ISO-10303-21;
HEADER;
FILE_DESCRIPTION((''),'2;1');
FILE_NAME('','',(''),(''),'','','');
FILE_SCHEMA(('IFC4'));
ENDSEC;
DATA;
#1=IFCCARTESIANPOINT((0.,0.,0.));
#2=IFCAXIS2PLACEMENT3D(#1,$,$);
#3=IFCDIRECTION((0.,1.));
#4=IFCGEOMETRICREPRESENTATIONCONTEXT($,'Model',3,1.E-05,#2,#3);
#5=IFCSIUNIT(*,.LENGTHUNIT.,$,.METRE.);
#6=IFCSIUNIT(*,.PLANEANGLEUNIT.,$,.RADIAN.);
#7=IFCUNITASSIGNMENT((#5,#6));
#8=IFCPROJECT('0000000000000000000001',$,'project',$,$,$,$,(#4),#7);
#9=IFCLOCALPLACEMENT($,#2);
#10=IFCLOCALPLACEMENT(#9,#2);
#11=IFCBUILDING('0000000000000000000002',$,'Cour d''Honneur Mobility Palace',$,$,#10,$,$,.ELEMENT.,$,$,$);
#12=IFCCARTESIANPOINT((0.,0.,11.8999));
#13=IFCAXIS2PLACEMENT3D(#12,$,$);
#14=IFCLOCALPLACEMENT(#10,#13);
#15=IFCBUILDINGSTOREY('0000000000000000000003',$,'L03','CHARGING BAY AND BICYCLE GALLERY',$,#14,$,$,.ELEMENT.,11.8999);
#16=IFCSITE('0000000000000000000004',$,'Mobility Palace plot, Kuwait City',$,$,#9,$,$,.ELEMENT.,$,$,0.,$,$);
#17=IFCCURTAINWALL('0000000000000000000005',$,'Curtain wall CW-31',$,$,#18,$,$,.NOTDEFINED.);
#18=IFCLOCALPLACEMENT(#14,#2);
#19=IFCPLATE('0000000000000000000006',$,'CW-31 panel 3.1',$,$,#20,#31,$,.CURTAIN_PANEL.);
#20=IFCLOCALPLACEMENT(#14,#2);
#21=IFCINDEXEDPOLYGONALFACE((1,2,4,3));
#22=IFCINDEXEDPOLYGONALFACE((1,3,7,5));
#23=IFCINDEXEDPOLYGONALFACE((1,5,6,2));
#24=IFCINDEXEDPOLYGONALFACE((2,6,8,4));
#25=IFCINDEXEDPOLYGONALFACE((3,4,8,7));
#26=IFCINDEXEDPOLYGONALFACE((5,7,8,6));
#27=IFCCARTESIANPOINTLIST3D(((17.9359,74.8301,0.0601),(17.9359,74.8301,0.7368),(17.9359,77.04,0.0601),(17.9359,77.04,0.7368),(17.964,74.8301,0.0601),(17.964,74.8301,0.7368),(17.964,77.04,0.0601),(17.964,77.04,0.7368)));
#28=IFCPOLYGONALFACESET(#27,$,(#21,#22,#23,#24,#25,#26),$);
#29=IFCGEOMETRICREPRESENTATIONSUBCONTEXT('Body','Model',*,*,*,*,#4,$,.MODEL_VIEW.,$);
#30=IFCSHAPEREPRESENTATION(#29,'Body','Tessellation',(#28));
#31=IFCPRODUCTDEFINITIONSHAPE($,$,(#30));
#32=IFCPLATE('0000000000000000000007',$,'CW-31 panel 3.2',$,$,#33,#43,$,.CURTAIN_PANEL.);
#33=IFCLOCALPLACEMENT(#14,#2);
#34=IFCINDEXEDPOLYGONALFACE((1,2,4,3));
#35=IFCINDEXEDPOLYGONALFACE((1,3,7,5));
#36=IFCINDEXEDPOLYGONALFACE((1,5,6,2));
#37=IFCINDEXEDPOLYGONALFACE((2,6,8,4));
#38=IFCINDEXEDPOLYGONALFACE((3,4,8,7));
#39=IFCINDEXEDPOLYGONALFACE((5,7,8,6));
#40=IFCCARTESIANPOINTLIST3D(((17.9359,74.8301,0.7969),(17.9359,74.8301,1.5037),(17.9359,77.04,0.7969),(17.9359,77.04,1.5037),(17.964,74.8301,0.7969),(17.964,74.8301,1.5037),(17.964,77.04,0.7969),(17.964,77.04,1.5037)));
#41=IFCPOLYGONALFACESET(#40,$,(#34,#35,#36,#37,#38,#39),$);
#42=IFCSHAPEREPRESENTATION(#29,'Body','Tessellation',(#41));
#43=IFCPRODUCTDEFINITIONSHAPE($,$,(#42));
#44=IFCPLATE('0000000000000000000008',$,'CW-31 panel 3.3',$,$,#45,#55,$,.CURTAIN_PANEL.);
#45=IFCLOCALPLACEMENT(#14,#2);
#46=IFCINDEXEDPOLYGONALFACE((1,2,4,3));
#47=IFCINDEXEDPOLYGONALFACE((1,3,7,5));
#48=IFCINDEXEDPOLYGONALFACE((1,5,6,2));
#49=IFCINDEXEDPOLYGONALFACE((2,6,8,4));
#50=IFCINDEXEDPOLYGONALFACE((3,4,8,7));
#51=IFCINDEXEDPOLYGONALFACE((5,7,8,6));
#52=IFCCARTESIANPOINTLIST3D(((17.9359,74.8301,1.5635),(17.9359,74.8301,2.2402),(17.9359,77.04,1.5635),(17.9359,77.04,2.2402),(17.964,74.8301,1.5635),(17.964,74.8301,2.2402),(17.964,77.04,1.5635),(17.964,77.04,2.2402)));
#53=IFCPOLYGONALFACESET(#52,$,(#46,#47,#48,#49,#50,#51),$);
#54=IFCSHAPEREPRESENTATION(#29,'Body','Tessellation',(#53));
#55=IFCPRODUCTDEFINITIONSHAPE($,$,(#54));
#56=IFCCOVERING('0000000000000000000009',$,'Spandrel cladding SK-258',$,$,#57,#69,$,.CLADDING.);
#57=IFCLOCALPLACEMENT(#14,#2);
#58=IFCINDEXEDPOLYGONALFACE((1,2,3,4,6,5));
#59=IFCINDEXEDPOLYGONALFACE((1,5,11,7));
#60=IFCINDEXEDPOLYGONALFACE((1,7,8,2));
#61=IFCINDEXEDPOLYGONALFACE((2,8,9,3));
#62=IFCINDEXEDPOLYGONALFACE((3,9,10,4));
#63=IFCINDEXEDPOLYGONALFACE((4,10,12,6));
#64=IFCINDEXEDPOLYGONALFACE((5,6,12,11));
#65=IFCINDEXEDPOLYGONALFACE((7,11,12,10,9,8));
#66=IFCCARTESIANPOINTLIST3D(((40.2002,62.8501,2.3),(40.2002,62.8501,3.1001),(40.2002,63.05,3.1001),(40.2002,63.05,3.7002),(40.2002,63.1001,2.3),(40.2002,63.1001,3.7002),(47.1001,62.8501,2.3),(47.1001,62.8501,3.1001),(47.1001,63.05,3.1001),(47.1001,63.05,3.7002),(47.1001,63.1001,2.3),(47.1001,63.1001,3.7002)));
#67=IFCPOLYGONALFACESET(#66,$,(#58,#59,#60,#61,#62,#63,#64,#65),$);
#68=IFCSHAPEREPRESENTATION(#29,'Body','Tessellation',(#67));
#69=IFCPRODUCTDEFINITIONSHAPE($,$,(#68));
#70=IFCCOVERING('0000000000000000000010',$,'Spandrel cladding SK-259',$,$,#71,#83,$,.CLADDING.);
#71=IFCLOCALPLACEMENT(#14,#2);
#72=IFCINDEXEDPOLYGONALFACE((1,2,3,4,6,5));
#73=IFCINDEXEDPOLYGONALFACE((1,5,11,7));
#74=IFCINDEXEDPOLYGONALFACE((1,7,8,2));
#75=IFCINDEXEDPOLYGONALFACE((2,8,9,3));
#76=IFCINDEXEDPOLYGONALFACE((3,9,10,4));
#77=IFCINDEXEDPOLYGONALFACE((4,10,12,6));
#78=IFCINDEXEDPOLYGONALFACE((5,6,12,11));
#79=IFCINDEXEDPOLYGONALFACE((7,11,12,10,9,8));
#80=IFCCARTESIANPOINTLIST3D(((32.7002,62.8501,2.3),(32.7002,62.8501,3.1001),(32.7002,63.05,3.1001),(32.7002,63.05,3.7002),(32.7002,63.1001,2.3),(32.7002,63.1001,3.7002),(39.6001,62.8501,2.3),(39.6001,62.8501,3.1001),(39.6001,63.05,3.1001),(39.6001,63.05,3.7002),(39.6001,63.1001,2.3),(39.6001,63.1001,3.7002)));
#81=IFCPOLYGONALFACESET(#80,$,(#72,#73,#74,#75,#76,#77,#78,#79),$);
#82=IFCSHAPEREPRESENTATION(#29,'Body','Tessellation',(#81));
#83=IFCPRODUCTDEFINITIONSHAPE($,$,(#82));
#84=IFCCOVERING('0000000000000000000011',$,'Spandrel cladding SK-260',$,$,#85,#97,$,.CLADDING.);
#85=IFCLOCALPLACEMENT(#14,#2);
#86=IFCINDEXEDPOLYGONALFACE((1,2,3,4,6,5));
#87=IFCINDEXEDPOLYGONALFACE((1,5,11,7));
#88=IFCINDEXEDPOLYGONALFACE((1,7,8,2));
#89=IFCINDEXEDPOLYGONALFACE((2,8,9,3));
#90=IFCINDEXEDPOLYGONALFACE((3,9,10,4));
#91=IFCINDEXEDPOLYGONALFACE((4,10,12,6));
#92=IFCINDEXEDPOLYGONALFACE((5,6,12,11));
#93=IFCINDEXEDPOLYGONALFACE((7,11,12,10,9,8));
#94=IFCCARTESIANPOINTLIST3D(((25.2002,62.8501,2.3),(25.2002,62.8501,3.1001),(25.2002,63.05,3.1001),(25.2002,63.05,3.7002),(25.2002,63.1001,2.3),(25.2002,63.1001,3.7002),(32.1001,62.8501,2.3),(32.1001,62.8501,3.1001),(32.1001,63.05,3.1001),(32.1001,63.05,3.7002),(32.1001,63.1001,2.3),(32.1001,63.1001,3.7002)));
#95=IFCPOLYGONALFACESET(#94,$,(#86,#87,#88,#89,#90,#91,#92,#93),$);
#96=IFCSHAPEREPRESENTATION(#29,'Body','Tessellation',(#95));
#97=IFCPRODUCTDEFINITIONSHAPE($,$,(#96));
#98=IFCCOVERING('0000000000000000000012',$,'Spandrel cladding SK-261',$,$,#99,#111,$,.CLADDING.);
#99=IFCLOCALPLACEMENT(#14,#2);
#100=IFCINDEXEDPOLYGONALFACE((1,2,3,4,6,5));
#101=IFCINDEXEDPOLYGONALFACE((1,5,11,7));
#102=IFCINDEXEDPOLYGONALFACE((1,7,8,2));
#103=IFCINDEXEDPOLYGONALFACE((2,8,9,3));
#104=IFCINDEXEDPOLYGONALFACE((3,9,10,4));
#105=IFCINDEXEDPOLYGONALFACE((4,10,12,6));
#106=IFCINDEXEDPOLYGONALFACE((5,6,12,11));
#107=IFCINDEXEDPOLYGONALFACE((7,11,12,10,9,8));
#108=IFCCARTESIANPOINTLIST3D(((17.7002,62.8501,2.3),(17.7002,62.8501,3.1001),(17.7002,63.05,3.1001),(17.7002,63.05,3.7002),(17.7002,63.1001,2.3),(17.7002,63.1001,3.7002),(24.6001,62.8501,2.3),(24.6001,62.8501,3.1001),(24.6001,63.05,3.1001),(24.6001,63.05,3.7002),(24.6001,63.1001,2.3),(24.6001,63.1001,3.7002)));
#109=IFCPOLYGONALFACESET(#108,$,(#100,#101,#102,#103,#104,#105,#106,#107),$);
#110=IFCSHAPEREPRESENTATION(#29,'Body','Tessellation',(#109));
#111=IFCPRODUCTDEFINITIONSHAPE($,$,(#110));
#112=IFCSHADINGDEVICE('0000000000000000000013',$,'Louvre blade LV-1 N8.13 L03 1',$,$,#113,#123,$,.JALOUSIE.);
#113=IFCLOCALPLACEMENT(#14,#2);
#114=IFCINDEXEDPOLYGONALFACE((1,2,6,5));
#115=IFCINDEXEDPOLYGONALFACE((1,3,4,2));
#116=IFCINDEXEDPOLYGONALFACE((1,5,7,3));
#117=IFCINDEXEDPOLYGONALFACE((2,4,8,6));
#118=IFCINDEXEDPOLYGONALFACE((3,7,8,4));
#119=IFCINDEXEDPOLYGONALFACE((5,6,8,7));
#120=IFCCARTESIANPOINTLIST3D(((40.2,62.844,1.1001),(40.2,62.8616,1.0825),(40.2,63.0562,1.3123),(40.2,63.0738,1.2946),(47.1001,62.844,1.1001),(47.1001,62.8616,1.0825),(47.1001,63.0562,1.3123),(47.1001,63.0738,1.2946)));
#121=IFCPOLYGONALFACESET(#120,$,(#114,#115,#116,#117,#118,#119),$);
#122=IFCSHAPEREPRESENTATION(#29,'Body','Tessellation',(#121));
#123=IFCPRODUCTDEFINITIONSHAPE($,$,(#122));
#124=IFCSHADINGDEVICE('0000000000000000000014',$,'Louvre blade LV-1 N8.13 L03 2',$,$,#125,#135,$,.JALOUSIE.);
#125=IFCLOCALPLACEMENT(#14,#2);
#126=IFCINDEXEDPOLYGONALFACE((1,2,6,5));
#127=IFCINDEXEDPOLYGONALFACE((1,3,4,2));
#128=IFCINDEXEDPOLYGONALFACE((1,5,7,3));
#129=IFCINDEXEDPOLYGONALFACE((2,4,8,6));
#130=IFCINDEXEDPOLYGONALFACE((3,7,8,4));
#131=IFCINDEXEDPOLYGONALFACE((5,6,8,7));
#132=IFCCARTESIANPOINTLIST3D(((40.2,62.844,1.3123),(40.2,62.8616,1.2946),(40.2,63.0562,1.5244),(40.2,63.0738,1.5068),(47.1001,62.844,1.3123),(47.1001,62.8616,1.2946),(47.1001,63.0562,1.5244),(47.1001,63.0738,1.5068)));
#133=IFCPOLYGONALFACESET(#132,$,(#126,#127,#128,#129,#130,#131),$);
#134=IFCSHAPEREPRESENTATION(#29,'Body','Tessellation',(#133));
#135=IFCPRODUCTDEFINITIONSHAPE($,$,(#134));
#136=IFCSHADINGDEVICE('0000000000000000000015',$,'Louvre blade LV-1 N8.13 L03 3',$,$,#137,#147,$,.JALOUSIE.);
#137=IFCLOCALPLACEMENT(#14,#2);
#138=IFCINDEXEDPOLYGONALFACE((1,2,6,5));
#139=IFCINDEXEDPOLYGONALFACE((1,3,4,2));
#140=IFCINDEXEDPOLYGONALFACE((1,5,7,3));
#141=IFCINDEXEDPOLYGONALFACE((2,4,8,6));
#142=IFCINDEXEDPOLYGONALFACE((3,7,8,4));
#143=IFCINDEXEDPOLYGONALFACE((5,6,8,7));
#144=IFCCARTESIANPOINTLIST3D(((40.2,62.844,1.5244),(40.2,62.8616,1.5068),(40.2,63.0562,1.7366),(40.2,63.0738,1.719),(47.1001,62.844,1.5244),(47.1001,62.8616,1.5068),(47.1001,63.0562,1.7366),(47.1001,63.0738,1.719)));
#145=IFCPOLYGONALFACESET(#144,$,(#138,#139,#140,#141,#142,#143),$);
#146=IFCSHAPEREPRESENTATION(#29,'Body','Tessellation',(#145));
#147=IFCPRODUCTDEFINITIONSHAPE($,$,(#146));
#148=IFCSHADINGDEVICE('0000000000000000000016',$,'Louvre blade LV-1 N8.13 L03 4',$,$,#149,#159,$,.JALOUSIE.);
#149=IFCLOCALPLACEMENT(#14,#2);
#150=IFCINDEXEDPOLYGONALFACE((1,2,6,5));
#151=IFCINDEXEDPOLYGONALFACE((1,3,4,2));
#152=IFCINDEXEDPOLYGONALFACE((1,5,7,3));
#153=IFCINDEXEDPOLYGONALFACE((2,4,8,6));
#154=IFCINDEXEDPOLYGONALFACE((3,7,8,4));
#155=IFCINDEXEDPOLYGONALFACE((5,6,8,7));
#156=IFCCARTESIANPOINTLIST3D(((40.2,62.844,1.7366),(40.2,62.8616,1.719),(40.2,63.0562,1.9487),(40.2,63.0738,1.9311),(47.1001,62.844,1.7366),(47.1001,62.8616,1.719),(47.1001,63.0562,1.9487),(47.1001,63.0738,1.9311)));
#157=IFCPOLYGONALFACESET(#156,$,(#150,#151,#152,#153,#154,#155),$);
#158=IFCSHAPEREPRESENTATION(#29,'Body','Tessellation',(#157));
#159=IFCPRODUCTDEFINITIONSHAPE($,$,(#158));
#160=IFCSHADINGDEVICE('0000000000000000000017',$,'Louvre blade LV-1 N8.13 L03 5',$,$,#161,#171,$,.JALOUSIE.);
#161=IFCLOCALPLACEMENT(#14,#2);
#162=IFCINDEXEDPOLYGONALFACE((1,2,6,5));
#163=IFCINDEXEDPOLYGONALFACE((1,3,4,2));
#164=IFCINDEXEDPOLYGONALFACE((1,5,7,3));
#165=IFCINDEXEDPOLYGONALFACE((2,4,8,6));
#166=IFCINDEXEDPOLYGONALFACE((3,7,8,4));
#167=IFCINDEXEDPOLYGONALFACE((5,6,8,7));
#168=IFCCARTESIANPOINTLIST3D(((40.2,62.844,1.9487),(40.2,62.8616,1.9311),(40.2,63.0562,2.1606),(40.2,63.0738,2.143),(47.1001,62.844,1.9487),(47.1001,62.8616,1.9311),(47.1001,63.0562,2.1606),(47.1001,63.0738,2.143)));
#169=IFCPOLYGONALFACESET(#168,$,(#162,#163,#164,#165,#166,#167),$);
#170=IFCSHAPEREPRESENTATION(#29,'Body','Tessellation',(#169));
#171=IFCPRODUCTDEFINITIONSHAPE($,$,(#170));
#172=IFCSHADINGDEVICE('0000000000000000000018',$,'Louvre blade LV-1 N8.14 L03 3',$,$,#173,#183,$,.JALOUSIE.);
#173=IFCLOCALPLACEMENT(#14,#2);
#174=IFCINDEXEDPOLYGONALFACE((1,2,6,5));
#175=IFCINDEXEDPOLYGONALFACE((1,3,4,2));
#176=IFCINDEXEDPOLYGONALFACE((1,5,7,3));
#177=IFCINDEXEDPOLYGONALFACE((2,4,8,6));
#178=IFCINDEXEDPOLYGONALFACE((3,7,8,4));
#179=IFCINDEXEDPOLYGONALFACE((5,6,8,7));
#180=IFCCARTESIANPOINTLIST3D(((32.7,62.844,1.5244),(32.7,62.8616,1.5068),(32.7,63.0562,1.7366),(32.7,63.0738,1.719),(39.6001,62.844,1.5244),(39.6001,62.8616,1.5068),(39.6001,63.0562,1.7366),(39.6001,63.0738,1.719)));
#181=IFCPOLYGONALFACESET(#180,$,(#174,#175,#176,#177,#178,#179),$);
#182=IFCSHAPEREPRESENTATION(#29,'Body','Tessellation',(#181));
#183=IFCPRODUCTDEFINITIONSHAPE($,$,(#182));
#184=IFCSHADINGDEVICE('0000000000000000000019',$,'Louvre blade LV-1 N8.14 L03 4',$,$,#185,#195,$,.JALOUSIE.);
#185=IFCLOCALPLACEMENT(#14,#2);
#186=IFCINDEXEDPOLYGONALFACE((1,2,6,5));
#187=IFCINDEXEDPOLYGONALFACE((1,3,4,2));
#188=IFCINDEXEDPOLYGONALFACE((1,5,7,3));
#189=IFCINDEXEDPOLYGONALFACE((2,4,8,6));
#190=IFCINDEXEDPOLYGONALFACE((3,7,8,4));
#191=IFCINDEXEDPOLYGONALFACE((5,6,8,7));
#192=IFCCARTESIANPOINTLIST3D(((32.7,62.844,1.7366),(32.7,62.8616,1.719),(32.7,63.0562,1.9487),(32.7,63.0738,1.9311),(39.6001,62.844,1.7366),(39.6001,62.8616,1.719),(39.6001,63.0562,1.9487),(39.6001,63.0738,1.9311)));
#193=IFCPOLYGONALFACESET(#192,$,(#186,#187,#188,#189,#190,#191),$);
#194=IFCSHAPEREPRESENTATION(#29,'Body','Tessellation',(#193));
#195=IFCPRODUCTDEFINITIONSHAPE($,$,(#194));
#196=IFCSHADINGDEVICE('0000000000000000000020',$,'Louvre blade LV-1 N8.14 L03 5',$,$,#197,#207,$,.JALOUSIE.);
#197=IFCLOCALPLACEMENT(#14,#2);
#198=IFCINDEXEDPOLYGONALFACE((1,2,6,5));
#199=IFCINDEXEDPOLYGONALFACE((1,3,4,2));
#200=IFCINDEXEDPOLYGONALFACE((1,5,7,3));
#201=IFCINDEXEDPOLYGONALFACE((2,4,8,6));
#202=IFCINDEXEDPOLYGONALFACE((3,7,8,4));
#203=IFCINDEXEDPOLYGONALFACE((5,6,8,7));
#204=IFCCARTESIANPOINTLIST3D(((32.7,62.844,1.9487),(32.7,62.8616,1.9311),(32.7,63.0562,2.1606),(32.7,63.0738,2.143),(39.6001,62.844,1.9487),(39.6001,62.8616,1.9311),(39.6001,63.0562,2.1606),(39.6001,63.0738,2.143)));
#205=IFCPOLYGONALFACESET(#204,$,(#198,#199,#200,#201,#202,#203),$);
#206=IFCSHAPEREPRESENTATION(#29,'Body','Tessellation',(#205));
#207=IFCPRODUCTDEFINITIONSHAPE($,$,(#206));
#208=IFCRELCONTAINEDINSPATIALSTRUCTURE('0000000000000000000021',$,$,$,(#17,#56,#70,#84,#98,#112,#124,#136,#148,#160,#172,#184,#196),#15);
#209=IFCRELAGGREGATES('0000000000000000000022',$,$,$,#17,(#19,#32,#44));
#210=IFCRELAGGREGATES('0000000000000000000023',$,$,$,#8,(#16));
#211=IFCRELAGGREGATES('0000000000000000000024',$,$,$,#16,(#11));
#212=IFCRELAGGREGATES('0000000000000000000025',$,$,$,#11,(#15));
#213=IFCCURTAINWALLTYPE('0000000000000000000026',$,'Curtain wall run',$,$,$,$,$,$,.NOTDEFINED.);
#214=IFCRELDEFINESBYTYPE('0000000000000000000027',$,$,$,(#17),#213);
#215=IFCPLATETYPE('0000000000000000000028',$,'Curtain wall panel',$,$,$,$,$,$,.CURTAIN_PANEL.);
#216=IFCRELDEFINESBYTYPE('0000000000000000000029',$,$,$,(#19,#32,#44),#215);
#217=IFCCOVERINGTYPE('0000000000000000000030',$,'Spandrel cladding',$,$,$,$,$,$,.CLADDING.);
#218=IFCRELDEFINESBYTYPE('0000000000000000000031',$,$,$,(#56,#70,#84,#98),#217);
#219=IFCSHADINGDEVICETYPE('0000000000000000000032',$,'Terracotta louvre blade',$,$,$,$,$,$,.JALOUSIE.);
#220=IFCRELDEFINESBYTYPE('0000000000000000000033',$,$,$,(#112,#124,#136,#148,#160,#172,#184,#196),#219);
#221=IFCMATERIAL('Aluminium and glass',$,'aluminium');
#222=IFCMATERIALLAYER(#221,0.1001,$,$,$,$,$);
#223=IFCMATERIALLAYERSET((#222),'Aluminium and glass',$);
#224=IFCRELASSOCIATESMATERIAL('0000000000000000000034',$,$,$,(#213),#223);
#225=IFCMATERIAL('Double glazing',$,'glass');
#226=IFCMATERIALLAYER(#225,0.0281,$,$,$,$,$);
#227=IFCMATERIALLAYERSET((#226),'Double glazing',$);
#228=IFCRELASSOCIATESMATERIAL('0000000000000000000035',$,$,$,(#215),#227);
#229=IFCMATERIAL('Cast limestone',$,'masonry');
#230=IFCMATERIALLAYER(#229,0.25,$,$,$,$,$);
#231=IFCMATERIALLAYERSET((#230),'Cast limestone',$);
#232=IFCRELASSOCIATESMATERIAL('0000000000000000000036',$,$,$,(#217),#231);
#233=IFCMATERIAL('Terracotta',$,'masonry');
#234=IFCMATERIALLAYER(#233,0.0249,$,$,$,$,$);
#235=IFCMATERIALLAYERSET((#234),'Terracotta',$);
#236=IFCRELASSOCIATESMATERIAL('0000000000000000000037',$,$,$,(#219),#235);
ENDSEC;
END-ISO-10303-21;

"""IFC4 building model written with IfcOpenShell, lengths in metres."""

from ifc_helpers import new_model, si_unit, direction, frame, origin, origin_2d, place, context, subcontext, project, spatial, polyline, rectangle, outline, extrude, material, layer, layer_set, type_object, element, aggregate, save


model = new_model("IFC4")

# Units and contexts
model_context = context("Model", 3, precision=1e-05, world=origin(), true_north=direction((0.0, 1.0)))
body_context = subcontext(model_context, "Body", "Model", "MODEL_VIEW")
ifc_project = project(units=[si_unit("LENGTHUNIT", "METRE"), si_unit("PLANEANGLEUNIT", "RADIAN")], contexts=[model_context])

# Site, building, storey
site_placement = place(None, origin())
site = spatial("IfcSite", under=ifc_project, at=site_placement, Name="Mobility Palace plot, Kuwait City", CompositionType="ELEMENT", RefElevation=0.0)
building_placement = place(site_placement, origin())
building = spatial("IfcBuilding", under=site, at=building_placement, Name="Cour d'Honneur Mobility Palace", CompositionType="ELEMENT")
storey_placement = place(building_placement, frame((0.0, 0.0, 11.8999)))
storey = spatial("IfcBuildingStorey", under=building, at=storey_placement, Name="L03", Description="CHARGING BAY AND BICYCLE GALLERY", CompositionType="ELEMENT", Elevation=11.8999)

# Curtain wall
ifc_material_1 = material(Name="Aluminium and glass", Category="aluminium")
ifc_layer_1 = layer(ifc_material_1, 0.1001)
ifc_layer_set_1 = layer_set([ifc_layer_1], Name="Aluminium and glass")
curtain_wall_type = type_object("IfcCurtainWallType", Name="Curtain wall run", PredefinedType="NOTDEFINED", material=ifc_layer_set_1)
curtain_wall_1_placement = place(storey_placement, origin())
curtain_wall_1 = element("IfcCurtainWall", 1, at=curtain_wall_1_placement, inside=storey, type_object=curtain_wall_type, Name="Curtain wall CW-31", PredefinedType="NOTDEFINED")

# Plates
ifc_material_2 = material(Name="Double glazing", Category="glass")
ifc_layer_2 = layer(ifc_material_2, 0.0281)
ifc_layer_set_2 = layer_set([ifc_layer_2], Name="Double glazing")
plate_type = type_object("IfcPlateType", Name="Curtain wall panel", PredefinedType="CURTAIN_PANEL", material=ifc_layer_set_2)
plate_1_placement = place(storey_placement, frame((17.95, 75.9351, 0.0601), z_axis=(0.0, 0.0, 1.0), x_axis=(0.0, 1.0, 0.0)))
plate_1 = element("IfcPlate", 2, at=plate_1_placement, type_object=plate_type, Name="CW-31 panel 3.1", PredefinedType="CURTAIN_PANEL", context=body_context, shape_type="SweptSolid", body=[
    extrude(rectangle(XDim=2.21, YDim=0.0281, at=origin_2d()), origin(), (0.0, 0.0, 1.0), 0.6768),
])
plate_2_placement = place(storey_placement, frame((17.95, 75.9351, 0.7969), z_axis=(0.0, 0.0, 1.0), x_axis=(0.0, 1.0, 0.0)))
plate_2 = element("IfcPlate", 3, at=plate_2_placement, type_object=plate_type, Name="CW-31 panel 3.2", PredefinedType="CURTAIN_PANEL", context=body_context, shape_type="SweptSolid", body=[
    extrude(rectangle(XDim=2.21, YDim=0.0281, at=origin_2d()), origin(), (0.0, 0.0, 1.0), 0.7068),
])
plate_3_placement = place(storey_placement, frame((17.95, 75.9351, 1.5635), z_axis=(0.0, 0.0, 1.0), x_axis=(0.0, 1.0, 0.0)))
plate_3 = element("IfcPlate", 4, at=plate_3_placement, type_object=plate_type, Name="CW-31 panel 3.3", PredefinedType="CURTAIN_PANEL", context=body_context, shape_type="SweptSolid", body=[
    extrude(rectangle(XDim=2.21, YDim=0.0281, at=origin_2d()), origin(), (0.0, 0.0, 1.0), 0.6768),
])
aggregate(curtain_wall_1, [plate_1, plate_2, plate_3])

# Coverings
ifc_material_3 = material(Name="Cast limestone", Category="masonry")
ifc_layer_3 = layer(ifc_material_3, 0.25)
ifc_layer_set_3 = layer_set([ifc_layer_3], Name="Cast limestone")
covering_type = type_object("IfcCoveringType", Name="Spandrel cladding", PredefinedType="CLADDING", material=ifc_layer_set_3)
for number, where, z_axis, x_axis, name in (
    (5, (47.1001, 62.8501, 2.3), (1.0, 0.0, 0.0), (0.0, 1.0, 0.0), "Spandrel cladding SK-258"),
    (6, (39.6001, 62.8501, 2.3), (1.0, 0.0, 0.0), (0.0, 1.0, 0.0), "Spandrel cladding SK-259"),
    (7, (32.1001, 62.8501, 2.3), (1.0, 0.0, 0.0), (0.0, 1.0, 0.0), "Spandrel cladding SK-260"),
    (8, (24.6001, 62.8501, 2.3), (1.0, 0.0, 0.0), (0.0, 1.0, 0.0), "Spandrel cladding SK-261"),
):
    element("IfcCovering", number, at=place(storey_placement, frame(where, z_axis=z_axis, x_axis=x_axis)), inside=storey, type_object=covering_type, Name=name, PredefinedType="CLADDING", context=body_context, shape_type="SweptSolid", body=[
        extrude(outline(polyline([(0.0, 0.0), (0.25, 0.0), (0.25, 1.4001), (0.2, 1.4001), (0.2, 0.8), (0.0, 0.8), (0.0, 0.0)])), origin(), (0.0, 0.0, -1.0), 6.8999),
    ])

# Shading devices
ifc_material_4 = material(Name="Terracotta", Category="masonry")
ifc_layer_4 = layer(ifc_material_4, 0.0249)
ifc_layer_set_4 = layer_set([ifc_layer_4], Name="Terracotta")
shading_device_type = type_object("IfcShadingDeviceType", Name="Terracotta louvre blade", PredefinedType="JALOUSIE", material=ifc_layer_set_4)
for number, where, z_axis, x_axis, name in (
    (9, (47.1001, 62.844, 1.1001), (0.0, -0.707107, 0.707107), (-1.0, 0.0, 0.0), "Louvre blade LV-1 N8.13 L03 1"),
    (10, (47.1001, 62.844, 1.3123), (0.0, -0.707107, 0.707107), (-1.0, 0.0, 0.0), "Louvre blade LV-1 N8.13 L03 2"),
    (11, (47.1001, 62.844, 1.5244), (0.0, -0.707107, 0.707107), (-1.0, 0.0, 0.0), "Louvre blade LV-1 N8.13 L03 3"),
    (12, (47.1001, 62.844, 1.7366), (0.0, -0.707107, 0.707107), (-1.0, 0.0, 0.0), "Louvre blade LV-1 N8.13 L03 4"),
):
    element("IfcShadingDevice", number, at=place(storey_placement, frame(where, z_axis=z_axis, x_axis=x_axis)), inside=storey, type_object=shading_device_type, Name=name, PredefinedType="JALOUSIE", context=body_context, shape_type="SweptSolid", body=[
        extrude(outline(polyline([(0.0, 0.0), (6.9001, 0.0), (6.9001, -0.3), (0.0, -0.3), (0.0, 0.0)])), origin(), (0.0, 0.0, -1.0), 0.0249),
    ])
shading_device_1_placement = place(storey_placement, frame((47.1001, 62.844, 1.9487), z_axis=(0.0, -0.7067, 0.707514), x_axis=(-1.0, 0.0, 0.0)))
element("IfcShadingDevice", 13, at=shading_device_1_placement, inside=storey, type_object=shading_device_type, Name="Louvre blade LV-1 N8.13 L03 5", PredefinedType="JALOUSIE", context=body_context, shape_type="SweptSolid", body=[
    extrude(outline(polyline([(0.0, 0.0), (6.9001, 0.0), (6.9001, -0.2999), (0.0, -0.2999), (0.0, 0.0)])), origin(), (0.0, 0.0, -1.0), 0.0249),
])
for number, where, z_axis, x_axis, name in (
    (14, (39.6001, 62.844, 1.5244), (0.0, -0.707107, 0.707107), (-1.0, 0.0, 0.0), "Louvre blade LV-1 N8.14 L03 3"),
    (15, (39.6001, 62.844, 1.7366), (0.0, -0.707107, 0.707107), (-1.0, 0.0, 0.0), "Louvre blade LV-1 N8.14 L03 4"),
):
    element("IfcShadingDevice", number, at=place(storey_placement, frame(where, z_axis=z_axis, x_axis=x_axis)), inside=storey, type_object=shading_device_type, Name=name, PredefinedType="JALOUSIE", context=body_context, shape_type="SweptSolid", body=[
        extrude(outline(polyline([(0.0, 0.0), (6.9001, 0.0), (6.9001, -0.3), (0.0, -0.3), (0.0, 0.0)])), origin(), (0.0, 0.0, -1.0), 0.0249),
    ])
shading_device_2_placement = place(storey_placement, frame((39.6001, 62.844, 1.9487), z_axis=(0.0, -0.7067, 0.707514), x_axis=(-1.0, 0.0, 0.0)))
element("IfcShadingDevice", 16, at=shading_device_2_placement, inside=storey, type_object=shading_device_type, Name="Louvre blade LV-1 N8.14 L03 5", PredefinedType="JALOUSIE", context=body_context, shape_type="SweptSolid", body=[
    extrude(outline(polyline([(0.0, 0.0), (6.9001, 0.0), (6.9001, -0.2999), (0.0, -0.2999), (0.0, 0.0)])), origin(), (0.0, 0.0, -1.0), 0.0249),
])

save(model, "model.ifc")
